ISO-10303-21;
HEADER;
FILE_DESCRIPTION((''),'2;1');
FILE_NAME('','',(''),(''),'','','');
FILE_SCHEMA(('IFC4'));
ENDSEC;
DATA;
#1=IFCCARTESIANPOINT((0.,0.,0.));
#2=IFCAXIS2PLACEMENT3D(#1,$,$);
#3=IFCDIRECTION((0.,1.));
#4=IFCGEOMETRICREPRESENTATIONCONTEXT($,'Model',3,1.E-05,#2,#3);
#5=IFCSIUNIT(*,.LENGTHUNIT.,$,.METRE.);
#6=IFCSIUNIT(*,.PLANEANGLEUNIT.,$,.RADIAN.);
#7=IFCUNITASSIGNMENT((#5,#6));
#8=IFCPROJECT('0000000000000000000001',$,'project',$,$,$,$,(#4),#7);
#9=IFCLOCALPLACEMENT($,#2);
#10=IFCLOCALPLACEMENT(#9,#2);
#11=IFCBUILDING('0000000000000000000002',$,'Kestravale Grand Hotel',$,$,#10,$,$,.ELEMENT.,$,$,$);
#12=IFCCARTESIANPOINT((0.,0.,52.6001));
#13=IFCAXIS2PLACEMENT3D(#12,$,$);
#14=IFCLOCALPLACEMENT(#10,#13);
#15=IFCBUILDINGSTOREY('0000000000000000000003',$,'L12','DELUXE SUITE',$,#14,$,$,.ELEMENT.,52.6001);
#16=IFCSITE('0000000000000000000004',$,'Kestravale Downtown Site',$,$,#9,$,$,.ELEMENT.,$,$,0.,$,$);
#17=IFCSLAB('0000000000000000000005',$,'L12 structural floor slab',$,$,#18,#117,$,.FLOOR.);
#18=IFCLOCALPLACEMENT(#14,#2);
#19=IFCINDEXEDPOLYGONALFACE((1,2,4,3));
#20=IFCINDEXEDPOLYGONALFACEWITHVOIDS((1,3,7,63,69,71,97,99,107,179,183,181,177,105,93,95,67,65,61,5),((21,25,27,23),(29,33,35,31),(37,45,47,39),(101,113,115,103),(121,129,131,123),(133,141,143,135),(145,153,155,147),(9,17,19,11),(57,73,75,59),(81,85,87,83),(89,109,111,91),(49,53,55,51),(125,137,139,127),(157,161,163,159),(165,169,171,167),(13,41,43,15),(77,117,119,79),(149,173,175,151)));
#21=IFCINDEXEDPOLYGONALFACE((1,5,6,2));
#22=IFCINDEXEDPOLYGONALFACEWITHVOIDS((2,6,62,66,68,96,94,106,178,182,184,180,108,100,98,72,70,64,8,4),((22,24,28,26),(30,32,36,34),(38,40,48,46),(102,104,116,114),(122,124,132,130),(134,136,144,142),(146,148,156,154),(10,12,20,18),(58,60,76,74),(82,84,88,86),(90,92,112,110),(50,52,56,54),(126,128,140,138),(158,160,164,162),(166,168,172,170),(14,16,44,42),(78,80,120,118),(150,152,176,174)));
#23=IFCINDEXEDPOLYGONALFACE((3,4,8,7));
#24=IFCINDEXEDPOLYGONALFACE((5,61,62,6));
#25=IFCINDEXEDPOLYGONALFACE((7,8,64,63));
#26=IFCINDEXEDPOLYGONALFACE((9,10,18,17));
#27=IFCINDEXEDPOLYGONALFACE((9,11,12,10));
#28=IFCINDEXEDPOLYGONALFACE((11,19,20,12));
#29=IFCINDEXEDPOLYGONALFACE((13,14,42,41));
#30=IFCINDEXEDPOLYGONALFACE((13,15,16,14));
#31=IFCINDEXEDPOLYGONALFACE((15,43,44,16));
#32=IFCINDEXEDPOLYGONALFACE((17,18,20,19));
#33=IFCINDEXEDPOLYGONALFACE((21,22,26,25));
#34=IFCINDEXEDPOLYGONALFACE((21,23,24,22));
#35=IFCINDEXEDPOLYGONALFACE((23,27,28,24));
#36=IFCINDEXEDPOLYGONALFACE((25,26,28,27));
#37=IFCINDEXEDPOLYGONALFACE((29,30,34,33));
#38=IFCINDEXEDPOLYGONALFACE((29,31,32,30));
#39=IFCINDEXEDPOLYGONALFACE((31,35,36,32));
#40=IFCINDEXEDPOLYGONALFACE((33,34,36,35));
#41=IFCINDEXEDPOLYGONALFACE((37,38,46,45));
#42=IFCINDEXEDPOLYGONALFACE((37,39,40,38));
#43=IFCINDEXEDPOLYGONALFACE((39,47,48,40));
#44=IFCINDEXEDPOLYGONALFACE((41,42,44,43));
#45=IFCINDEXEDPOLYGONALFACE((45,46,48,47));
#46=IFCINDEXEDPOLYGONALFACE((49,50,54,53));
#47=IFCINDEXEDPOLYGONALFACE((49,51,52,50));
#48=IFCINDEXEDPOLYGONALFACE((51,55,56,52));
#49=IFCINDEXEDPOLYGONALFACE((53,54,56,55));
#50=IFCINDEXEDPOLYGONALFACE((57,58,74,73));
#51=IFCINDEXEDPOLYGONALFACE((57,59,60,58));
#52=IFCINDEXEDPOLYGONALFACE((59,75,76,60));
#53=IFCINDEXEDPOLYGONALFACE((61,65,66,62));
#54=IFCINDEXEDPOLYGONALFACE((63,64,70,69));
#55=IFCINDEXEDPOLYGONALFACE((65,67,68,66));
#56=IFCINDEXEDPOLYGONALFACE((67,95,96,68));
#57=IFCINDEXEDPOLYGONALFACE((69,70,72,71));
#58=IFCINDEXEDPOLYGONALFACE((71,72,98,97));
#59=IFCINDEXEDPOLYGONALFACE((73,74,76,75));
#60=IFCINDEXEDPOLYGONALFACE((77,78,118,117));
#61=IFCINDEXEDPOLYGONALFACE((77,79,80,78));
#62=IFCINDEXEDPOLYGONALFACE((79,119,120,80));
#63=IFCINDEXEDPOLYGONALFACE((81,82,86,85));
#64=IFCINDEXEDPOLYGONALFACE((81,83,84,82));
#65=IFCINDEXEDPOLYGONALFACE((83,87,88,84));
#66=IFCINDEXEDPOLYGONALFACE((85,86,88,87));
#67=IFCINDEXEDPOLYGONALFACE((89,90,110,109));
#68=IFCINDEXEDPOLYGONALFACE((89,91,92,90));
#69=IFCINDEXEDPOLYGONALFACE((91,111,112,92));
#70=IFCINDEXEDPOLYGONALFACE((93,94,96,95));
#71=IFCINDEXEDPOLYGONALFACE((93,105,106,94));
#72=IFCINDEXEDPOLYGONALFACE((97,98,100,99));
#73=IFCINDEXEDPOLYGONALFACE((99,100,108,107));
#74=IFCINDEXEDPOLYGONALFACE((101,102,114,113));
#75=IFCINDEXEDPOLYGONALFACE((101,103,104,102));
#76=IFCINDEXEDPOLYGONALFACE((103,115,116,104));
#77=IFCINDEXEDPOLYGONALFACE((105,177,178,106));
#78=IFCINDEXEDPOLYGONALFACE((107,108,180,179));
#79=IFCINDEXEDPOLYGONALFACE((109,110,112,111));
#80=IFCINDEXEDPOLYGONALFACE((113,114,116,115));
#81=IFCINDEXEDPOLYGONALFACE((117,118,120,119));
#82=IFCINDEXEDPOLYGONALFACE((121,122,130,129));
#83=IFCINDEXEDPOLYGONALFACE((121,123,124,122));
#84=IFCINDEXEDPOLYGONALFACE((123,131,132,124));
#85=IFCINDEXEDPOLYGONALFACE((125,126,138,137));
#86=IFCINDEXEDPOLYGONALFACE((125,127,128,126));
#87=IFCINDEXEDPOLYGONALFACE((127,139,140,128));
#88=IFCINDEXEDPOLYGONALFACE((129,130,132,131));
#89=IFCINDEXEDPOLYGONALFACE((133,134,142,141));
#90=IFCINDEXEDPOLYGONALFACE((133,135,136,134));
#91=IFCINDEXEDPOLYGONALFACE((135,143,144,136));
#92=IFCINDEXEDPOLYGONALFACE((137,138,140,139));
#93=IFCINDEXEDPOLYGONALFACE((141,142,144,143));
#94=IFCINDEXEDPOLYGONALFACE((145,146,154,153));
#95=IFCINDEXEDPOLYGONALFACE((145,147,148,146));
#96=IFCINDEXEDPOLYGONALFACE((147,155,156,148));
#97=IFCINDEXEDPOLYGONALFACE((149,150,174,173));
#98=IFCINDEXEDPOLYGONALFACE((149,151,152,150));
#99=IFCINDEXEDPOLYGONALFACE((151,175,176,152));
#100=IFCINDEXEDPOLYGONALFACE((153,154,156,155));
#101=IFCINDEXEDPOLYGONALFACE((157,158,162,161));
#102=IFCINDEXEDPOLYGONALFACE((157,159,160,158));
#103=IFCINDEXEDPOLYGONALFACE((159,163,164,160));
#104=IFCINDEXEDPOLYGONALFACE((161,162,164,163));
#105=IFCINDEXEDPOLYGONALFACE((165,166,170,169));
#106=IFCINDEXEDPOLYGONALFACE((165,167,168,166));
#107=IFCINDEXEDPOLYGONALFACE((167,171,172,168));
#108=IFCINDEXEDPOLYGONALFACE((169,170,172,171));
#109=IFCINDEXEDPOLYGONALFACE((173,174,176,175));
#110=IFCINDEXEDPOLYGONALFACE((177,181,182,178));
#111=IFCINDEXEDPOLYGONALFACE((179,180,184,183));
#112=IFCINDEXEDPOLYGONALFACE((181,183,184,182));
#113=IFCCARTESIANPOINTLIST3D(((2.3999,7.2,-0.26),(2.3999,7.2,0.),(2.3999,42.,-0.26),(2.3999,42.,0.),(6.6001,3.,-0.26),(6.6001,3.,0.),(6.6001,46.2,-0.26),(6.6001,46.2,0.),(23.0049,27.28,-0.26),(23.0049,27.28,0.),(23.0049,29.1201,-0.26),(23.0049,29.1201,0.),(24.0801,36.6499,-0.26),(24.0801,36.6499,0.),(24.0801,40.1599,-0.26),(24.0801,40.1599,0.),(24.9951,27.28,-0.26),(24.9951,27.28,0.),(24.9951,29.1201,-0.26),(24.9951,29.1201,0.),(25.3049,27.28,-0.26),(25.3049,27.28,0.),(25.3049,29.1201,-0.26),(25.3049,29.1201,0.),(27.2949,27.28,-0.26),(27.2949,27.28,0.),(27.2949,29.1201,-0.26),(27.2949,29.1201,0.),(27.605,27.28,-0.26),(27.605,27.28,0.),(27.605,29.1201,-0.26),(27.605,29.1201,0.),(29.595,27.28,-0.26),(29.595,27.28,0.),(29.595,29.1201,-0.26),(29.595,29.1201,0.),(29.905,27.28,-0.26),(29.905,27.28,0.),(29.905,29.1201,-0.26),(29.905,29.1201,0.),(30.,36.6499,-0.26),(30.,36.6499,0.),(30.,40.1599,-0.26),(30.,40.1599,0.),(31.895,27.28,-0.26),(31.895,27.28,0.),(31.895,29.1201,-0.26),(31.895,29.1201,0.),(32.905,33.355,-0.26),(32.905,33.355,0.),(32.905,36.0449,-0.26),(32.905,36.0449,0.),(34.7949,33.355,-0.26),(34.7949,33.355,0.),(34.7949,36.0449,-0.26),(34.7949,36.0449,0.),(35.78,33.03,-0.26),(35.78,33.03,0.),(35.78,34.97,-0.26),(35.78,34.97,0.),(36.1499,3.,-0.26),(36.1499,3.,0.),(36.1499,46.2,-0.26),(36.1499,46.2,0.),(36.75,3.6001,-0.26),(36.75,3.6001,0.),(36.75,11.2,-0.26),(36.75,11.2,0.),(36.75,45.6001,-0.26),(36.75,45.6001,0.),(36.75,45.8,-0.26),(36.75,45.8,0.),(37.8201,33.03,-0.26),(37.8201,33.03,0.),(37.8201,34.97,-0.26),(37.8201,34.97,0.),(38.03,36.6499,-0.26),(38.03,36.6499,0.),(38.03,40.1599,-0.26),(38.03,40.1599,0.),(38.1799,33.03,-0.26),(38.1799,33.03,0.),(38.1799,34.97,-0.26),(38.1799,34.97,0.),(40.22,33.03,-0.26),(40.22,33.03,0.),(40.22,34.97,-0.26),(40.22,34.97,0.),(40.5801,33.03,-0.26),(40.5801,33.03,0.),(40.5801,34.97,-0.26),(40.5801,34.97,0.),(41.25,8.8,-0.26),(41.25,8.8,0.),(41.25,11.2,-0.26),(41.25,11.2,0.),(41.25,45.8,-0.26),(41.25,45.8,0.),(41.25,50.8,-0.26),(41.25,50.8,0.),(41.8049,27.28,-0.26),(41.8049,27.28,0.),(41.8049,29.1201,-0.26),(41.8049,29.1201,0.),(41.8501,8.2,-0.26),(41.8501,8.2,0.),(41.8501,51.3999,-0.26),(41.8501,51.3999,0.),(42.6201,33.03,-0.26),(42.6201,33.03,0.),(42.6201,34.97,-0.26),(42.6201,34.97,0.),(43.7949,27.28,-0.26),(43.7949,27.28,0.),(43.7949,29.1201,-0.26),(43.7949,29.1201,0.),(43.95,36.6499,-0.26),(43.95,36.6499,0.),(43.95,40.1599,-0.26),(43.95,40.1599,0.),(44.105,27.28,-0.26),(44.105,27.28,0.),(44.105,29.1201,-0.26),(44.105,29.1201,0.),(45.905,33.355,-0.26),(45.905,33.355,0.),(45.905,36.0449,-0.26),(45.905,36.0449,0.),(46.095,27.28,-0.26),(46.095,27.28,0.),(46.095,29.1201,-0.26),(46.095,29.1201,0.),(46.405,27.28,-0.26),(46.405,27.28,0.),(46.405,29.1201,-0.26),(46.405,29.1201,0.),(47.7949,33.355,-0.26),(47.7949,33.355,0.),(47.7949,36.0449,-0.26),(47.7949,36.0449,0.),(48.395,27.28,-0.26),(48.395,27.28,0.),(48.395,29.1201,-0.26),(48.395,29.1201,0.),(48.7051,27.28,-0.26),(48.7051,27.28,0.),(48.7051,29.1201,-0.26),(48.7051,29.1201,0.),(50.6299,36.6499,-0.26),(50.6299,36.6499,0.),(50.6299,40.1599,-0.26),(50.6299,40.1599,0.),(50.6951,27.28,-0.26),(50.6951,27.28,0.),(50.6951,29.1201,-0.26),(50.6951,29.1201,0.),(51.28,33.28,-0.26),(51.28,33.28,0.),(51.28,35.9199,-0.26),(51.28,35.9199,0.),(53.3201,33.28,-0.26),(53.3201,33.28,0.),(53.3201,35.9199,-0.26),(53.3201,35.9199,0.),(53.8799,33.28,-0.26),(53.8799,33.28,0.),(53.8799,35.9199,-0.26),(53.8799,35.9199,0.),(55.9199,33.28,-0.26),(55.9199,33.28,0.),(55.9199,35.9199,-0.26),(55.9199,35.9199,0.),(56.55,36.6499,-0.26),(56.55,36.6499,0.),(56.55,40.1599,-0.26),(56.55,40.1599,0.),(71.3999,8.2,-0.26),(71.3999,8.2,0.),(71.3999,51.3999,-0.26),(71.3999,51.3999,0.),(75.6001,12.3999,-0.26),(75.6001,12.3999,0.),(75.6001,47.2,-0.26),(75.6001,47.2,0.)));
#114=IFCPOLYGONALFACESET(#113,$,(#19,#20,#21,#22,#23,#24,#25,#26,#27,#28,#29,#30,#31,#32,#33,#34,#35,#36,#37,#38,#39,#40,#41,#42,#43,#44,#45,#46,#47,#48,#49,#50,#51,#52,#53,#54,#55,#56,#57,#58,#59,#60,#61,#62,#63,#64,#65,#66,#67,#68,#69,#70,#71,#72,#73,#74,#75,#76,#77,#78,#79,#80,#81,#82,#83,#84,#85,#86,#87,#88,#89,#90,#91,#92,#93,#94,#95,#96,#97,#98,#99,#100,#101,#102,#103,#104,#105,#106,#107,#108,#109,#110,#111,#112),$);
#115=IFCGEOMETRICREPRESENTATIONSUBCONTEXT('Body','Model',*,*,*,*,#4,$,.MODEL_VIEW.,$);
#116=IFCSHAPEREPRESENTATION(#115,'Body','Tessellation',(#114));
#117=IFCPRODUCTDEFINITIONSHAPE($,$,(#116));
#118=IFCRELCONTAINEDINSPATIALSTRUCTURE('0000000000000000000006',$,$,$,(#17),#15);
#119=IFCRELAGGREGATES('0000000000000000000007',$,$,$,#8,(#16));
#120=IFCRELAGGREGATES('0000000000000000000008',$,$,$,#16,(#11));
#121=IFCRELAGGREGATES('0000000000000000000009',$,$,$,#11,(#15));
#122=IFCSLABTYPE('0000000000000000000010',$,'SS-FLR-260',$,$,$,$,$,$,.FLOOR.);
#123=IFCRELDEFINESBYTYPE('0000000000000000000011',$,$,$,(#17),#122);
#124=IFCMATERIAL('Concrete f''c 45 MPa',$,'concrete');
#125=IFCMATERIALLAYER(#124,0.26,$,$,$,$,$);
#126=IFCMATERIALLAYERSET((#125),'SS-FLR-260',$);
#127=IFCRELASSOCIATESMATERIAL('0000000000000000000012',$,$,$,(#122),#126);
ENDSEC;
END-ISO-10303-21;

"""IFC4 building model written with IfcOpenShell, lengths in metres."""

from ifc_helpers import new_model, si_unit, direction, frame, origin, place, context, subcontext, project, spatial, polyline, outline, extrude, material, layer, layer_set, type_object, element, save


model = new_model("IFC4")

# Units and contexts
model_context = context("Model", 3, precision=1e-05, world=origin(), true_north=direction((0.0, 1.0)))
body_context = subcontext(model_context, "Body", "Model", "MODEL_VIEW")
ifc_project = project(units=[si_unit("LENGTHUNIT", "METRE"), si_unit("PLANEANGLEUNIT", "RADIAN")], contexts=[model_context])

# Site, building, storey
site_placement = place(None, origin())
site = spatial("IfcSite", under=ifc_project, at=site_placement, Name="Kestravale Downtown Site", CompositionType="ELEMENT", RefElevation=0.0)
building_placement = place(site_placement, origin())
building = spatial("IfcBuilding", under=site, at=building_placement, Name="Kestravale Grand Hotel", CompositionType="ELEMENT")
storey_placement = place(building_placement, frame((0.0, 0.0, 52.6001)))
storey = spatial("IfcBuildingStorey", under=building, at=storey_placement, Name="L12", Description="DELUXE SUITE", CompositionType="ELEMENT", Elevation=52.6001)

# Slab
ifc_material_1 = material(Name="Concrete f'c 45 MPa", Category="concrete")
ifc_layer_1 = layer(ifc_material_1, 0.26)
ifc_layer_set_1 = layer_set([ifc_layer_1], Name="SS-FLR-260")
slab_type_1 = type_object("IfcSlabType", Name="SS-FLR-260", PredefinedType="FLOOR", material=ifc_layer_set_1)
slab_1_placement = place(storey_placement, frame((0.0, 0.0, -0.26)))
element("IfcSlab", 1, at=slab_1_placement, inside=storey, type_object=slab_type_1, Name="L12 structural floor slab", PredefinedType="FLOOR", context=body_context, shape_type="SweptSolid", body=[
    extrude(outline(polyline([(6.6001, 3.0), (36.1499, 3.0), (36.75, 3.6001), (36.75, 11.2), (41.25, 11.2), (41.25, 8.8), (41.8501, 8.2), (71.3999, 8.2), (75.6001, 12.3999), (75.6001, 47.2), (71.3999, 51.3999), (41.8501, 51.3999), (41.25, 50.8), (41.25, 45.8), (36.75, 45.8), (36.75, 45.6001), (36.1499, 46.2), (6.6001, 46.2), (2.3999, 42.0), (2.3999, 7.2), (6.6001, 3.0)]), holes=[polyline([(24.0801, 36.6499), (30.0, 36.6499), (30.0, 40.1599), (24.0801, 40.1599), (24.0801, 36.6499)]), polyline([(38.03, 36.6499), (43.95, 36.6499), (43.95, 40.1599), (38.03, 40.1599), (38.03, 36.6499)]), polyline([(50.6299, 36.6499), (56.55, 36.6499), (56.55, 40.1599), (50.6299, 40.1599), (50.6299, 36.6499)]), polyline([(23.0049, 27.28), (24.9951, 27.28), (24.9951, 29.1201), (23.0049, 29.1201), (23.0049, 27.28)]), polyline([(25.3049, 27.28), (27.2949, 27.28), (27.2949, 29.1201), (25.3049, 29.1201), (25.3049, 27.28)]), polyline([(27.605, 27.28), (29.595, 27.28), (29.595, 29.1201), (27.605, 29.1201), (27.605, 27.28)]), polyline([(29.905, 27.28), (31.895, 27.28), (31.895, 29.1201), (29.905, 29.1201), (29.905, 27.28)]), polyline([(41.8049, 27.28), (43.7949, 27.28), (43.7949, 29.1201), (41.8049, 29.1201), (41.8049, 27.28)]), polyline([(44.105, 27.28), (46.095, 27.28), (46.095, 29.1201), (44.105, 29.1201), (44.105, 27.28)]), polyline([(46.405, 27.28), (48.395, 27.28), (48.395, 29.1201), (46.405, 29.1201), (46.405, 27.28)]), polyline([(48.7051, 27.28), (50.6951, 27.28), (50.6951, 29.1201), (48.7051, 29.1201), (48.7051, 27.28)]), polyline([(35.78, 33.03), (37.8201, 33.03), (37.8201, 34.97), (35.78, 34.97), (35.78, 33.03)]), polyline([(38.1799, 33.03), (40.22, 33.03), (40.22, 34.97), (38.1799, 34.97), (38.1799, 33.03)]), polyline([(40.5801, 33.03), (42.6201, 33.03), (42.6201, 34.97), (40.5801, 34.97), (40.5801, 33.03)]), polyline([(32.905, 33.355), (34.7949, 33.355), (34.7949, 36.0449), (32.905, 36.0449), (32.905, 33.355)]), polyline([(45.905, 33.355), (47.7949, 33.355), (47.7949, 36.0449), (45.905, 36.0449), (45.905, 33.355)]), polyline([(51.28, 33.28), (53.3201, 33.28), (53.3201, 35.9199), (51.28, 35.9199), (51.28, 33.28)]), polyline([(53.8799, 33.28), (55.9199, 33.28), (55.9199, 35.9199), (53.8799, 35.9199), (53.8799, 33.28)])]), origin(), (0.0, 0.0, 1.0), 0.26),
])

save(model, "model.ifc")
